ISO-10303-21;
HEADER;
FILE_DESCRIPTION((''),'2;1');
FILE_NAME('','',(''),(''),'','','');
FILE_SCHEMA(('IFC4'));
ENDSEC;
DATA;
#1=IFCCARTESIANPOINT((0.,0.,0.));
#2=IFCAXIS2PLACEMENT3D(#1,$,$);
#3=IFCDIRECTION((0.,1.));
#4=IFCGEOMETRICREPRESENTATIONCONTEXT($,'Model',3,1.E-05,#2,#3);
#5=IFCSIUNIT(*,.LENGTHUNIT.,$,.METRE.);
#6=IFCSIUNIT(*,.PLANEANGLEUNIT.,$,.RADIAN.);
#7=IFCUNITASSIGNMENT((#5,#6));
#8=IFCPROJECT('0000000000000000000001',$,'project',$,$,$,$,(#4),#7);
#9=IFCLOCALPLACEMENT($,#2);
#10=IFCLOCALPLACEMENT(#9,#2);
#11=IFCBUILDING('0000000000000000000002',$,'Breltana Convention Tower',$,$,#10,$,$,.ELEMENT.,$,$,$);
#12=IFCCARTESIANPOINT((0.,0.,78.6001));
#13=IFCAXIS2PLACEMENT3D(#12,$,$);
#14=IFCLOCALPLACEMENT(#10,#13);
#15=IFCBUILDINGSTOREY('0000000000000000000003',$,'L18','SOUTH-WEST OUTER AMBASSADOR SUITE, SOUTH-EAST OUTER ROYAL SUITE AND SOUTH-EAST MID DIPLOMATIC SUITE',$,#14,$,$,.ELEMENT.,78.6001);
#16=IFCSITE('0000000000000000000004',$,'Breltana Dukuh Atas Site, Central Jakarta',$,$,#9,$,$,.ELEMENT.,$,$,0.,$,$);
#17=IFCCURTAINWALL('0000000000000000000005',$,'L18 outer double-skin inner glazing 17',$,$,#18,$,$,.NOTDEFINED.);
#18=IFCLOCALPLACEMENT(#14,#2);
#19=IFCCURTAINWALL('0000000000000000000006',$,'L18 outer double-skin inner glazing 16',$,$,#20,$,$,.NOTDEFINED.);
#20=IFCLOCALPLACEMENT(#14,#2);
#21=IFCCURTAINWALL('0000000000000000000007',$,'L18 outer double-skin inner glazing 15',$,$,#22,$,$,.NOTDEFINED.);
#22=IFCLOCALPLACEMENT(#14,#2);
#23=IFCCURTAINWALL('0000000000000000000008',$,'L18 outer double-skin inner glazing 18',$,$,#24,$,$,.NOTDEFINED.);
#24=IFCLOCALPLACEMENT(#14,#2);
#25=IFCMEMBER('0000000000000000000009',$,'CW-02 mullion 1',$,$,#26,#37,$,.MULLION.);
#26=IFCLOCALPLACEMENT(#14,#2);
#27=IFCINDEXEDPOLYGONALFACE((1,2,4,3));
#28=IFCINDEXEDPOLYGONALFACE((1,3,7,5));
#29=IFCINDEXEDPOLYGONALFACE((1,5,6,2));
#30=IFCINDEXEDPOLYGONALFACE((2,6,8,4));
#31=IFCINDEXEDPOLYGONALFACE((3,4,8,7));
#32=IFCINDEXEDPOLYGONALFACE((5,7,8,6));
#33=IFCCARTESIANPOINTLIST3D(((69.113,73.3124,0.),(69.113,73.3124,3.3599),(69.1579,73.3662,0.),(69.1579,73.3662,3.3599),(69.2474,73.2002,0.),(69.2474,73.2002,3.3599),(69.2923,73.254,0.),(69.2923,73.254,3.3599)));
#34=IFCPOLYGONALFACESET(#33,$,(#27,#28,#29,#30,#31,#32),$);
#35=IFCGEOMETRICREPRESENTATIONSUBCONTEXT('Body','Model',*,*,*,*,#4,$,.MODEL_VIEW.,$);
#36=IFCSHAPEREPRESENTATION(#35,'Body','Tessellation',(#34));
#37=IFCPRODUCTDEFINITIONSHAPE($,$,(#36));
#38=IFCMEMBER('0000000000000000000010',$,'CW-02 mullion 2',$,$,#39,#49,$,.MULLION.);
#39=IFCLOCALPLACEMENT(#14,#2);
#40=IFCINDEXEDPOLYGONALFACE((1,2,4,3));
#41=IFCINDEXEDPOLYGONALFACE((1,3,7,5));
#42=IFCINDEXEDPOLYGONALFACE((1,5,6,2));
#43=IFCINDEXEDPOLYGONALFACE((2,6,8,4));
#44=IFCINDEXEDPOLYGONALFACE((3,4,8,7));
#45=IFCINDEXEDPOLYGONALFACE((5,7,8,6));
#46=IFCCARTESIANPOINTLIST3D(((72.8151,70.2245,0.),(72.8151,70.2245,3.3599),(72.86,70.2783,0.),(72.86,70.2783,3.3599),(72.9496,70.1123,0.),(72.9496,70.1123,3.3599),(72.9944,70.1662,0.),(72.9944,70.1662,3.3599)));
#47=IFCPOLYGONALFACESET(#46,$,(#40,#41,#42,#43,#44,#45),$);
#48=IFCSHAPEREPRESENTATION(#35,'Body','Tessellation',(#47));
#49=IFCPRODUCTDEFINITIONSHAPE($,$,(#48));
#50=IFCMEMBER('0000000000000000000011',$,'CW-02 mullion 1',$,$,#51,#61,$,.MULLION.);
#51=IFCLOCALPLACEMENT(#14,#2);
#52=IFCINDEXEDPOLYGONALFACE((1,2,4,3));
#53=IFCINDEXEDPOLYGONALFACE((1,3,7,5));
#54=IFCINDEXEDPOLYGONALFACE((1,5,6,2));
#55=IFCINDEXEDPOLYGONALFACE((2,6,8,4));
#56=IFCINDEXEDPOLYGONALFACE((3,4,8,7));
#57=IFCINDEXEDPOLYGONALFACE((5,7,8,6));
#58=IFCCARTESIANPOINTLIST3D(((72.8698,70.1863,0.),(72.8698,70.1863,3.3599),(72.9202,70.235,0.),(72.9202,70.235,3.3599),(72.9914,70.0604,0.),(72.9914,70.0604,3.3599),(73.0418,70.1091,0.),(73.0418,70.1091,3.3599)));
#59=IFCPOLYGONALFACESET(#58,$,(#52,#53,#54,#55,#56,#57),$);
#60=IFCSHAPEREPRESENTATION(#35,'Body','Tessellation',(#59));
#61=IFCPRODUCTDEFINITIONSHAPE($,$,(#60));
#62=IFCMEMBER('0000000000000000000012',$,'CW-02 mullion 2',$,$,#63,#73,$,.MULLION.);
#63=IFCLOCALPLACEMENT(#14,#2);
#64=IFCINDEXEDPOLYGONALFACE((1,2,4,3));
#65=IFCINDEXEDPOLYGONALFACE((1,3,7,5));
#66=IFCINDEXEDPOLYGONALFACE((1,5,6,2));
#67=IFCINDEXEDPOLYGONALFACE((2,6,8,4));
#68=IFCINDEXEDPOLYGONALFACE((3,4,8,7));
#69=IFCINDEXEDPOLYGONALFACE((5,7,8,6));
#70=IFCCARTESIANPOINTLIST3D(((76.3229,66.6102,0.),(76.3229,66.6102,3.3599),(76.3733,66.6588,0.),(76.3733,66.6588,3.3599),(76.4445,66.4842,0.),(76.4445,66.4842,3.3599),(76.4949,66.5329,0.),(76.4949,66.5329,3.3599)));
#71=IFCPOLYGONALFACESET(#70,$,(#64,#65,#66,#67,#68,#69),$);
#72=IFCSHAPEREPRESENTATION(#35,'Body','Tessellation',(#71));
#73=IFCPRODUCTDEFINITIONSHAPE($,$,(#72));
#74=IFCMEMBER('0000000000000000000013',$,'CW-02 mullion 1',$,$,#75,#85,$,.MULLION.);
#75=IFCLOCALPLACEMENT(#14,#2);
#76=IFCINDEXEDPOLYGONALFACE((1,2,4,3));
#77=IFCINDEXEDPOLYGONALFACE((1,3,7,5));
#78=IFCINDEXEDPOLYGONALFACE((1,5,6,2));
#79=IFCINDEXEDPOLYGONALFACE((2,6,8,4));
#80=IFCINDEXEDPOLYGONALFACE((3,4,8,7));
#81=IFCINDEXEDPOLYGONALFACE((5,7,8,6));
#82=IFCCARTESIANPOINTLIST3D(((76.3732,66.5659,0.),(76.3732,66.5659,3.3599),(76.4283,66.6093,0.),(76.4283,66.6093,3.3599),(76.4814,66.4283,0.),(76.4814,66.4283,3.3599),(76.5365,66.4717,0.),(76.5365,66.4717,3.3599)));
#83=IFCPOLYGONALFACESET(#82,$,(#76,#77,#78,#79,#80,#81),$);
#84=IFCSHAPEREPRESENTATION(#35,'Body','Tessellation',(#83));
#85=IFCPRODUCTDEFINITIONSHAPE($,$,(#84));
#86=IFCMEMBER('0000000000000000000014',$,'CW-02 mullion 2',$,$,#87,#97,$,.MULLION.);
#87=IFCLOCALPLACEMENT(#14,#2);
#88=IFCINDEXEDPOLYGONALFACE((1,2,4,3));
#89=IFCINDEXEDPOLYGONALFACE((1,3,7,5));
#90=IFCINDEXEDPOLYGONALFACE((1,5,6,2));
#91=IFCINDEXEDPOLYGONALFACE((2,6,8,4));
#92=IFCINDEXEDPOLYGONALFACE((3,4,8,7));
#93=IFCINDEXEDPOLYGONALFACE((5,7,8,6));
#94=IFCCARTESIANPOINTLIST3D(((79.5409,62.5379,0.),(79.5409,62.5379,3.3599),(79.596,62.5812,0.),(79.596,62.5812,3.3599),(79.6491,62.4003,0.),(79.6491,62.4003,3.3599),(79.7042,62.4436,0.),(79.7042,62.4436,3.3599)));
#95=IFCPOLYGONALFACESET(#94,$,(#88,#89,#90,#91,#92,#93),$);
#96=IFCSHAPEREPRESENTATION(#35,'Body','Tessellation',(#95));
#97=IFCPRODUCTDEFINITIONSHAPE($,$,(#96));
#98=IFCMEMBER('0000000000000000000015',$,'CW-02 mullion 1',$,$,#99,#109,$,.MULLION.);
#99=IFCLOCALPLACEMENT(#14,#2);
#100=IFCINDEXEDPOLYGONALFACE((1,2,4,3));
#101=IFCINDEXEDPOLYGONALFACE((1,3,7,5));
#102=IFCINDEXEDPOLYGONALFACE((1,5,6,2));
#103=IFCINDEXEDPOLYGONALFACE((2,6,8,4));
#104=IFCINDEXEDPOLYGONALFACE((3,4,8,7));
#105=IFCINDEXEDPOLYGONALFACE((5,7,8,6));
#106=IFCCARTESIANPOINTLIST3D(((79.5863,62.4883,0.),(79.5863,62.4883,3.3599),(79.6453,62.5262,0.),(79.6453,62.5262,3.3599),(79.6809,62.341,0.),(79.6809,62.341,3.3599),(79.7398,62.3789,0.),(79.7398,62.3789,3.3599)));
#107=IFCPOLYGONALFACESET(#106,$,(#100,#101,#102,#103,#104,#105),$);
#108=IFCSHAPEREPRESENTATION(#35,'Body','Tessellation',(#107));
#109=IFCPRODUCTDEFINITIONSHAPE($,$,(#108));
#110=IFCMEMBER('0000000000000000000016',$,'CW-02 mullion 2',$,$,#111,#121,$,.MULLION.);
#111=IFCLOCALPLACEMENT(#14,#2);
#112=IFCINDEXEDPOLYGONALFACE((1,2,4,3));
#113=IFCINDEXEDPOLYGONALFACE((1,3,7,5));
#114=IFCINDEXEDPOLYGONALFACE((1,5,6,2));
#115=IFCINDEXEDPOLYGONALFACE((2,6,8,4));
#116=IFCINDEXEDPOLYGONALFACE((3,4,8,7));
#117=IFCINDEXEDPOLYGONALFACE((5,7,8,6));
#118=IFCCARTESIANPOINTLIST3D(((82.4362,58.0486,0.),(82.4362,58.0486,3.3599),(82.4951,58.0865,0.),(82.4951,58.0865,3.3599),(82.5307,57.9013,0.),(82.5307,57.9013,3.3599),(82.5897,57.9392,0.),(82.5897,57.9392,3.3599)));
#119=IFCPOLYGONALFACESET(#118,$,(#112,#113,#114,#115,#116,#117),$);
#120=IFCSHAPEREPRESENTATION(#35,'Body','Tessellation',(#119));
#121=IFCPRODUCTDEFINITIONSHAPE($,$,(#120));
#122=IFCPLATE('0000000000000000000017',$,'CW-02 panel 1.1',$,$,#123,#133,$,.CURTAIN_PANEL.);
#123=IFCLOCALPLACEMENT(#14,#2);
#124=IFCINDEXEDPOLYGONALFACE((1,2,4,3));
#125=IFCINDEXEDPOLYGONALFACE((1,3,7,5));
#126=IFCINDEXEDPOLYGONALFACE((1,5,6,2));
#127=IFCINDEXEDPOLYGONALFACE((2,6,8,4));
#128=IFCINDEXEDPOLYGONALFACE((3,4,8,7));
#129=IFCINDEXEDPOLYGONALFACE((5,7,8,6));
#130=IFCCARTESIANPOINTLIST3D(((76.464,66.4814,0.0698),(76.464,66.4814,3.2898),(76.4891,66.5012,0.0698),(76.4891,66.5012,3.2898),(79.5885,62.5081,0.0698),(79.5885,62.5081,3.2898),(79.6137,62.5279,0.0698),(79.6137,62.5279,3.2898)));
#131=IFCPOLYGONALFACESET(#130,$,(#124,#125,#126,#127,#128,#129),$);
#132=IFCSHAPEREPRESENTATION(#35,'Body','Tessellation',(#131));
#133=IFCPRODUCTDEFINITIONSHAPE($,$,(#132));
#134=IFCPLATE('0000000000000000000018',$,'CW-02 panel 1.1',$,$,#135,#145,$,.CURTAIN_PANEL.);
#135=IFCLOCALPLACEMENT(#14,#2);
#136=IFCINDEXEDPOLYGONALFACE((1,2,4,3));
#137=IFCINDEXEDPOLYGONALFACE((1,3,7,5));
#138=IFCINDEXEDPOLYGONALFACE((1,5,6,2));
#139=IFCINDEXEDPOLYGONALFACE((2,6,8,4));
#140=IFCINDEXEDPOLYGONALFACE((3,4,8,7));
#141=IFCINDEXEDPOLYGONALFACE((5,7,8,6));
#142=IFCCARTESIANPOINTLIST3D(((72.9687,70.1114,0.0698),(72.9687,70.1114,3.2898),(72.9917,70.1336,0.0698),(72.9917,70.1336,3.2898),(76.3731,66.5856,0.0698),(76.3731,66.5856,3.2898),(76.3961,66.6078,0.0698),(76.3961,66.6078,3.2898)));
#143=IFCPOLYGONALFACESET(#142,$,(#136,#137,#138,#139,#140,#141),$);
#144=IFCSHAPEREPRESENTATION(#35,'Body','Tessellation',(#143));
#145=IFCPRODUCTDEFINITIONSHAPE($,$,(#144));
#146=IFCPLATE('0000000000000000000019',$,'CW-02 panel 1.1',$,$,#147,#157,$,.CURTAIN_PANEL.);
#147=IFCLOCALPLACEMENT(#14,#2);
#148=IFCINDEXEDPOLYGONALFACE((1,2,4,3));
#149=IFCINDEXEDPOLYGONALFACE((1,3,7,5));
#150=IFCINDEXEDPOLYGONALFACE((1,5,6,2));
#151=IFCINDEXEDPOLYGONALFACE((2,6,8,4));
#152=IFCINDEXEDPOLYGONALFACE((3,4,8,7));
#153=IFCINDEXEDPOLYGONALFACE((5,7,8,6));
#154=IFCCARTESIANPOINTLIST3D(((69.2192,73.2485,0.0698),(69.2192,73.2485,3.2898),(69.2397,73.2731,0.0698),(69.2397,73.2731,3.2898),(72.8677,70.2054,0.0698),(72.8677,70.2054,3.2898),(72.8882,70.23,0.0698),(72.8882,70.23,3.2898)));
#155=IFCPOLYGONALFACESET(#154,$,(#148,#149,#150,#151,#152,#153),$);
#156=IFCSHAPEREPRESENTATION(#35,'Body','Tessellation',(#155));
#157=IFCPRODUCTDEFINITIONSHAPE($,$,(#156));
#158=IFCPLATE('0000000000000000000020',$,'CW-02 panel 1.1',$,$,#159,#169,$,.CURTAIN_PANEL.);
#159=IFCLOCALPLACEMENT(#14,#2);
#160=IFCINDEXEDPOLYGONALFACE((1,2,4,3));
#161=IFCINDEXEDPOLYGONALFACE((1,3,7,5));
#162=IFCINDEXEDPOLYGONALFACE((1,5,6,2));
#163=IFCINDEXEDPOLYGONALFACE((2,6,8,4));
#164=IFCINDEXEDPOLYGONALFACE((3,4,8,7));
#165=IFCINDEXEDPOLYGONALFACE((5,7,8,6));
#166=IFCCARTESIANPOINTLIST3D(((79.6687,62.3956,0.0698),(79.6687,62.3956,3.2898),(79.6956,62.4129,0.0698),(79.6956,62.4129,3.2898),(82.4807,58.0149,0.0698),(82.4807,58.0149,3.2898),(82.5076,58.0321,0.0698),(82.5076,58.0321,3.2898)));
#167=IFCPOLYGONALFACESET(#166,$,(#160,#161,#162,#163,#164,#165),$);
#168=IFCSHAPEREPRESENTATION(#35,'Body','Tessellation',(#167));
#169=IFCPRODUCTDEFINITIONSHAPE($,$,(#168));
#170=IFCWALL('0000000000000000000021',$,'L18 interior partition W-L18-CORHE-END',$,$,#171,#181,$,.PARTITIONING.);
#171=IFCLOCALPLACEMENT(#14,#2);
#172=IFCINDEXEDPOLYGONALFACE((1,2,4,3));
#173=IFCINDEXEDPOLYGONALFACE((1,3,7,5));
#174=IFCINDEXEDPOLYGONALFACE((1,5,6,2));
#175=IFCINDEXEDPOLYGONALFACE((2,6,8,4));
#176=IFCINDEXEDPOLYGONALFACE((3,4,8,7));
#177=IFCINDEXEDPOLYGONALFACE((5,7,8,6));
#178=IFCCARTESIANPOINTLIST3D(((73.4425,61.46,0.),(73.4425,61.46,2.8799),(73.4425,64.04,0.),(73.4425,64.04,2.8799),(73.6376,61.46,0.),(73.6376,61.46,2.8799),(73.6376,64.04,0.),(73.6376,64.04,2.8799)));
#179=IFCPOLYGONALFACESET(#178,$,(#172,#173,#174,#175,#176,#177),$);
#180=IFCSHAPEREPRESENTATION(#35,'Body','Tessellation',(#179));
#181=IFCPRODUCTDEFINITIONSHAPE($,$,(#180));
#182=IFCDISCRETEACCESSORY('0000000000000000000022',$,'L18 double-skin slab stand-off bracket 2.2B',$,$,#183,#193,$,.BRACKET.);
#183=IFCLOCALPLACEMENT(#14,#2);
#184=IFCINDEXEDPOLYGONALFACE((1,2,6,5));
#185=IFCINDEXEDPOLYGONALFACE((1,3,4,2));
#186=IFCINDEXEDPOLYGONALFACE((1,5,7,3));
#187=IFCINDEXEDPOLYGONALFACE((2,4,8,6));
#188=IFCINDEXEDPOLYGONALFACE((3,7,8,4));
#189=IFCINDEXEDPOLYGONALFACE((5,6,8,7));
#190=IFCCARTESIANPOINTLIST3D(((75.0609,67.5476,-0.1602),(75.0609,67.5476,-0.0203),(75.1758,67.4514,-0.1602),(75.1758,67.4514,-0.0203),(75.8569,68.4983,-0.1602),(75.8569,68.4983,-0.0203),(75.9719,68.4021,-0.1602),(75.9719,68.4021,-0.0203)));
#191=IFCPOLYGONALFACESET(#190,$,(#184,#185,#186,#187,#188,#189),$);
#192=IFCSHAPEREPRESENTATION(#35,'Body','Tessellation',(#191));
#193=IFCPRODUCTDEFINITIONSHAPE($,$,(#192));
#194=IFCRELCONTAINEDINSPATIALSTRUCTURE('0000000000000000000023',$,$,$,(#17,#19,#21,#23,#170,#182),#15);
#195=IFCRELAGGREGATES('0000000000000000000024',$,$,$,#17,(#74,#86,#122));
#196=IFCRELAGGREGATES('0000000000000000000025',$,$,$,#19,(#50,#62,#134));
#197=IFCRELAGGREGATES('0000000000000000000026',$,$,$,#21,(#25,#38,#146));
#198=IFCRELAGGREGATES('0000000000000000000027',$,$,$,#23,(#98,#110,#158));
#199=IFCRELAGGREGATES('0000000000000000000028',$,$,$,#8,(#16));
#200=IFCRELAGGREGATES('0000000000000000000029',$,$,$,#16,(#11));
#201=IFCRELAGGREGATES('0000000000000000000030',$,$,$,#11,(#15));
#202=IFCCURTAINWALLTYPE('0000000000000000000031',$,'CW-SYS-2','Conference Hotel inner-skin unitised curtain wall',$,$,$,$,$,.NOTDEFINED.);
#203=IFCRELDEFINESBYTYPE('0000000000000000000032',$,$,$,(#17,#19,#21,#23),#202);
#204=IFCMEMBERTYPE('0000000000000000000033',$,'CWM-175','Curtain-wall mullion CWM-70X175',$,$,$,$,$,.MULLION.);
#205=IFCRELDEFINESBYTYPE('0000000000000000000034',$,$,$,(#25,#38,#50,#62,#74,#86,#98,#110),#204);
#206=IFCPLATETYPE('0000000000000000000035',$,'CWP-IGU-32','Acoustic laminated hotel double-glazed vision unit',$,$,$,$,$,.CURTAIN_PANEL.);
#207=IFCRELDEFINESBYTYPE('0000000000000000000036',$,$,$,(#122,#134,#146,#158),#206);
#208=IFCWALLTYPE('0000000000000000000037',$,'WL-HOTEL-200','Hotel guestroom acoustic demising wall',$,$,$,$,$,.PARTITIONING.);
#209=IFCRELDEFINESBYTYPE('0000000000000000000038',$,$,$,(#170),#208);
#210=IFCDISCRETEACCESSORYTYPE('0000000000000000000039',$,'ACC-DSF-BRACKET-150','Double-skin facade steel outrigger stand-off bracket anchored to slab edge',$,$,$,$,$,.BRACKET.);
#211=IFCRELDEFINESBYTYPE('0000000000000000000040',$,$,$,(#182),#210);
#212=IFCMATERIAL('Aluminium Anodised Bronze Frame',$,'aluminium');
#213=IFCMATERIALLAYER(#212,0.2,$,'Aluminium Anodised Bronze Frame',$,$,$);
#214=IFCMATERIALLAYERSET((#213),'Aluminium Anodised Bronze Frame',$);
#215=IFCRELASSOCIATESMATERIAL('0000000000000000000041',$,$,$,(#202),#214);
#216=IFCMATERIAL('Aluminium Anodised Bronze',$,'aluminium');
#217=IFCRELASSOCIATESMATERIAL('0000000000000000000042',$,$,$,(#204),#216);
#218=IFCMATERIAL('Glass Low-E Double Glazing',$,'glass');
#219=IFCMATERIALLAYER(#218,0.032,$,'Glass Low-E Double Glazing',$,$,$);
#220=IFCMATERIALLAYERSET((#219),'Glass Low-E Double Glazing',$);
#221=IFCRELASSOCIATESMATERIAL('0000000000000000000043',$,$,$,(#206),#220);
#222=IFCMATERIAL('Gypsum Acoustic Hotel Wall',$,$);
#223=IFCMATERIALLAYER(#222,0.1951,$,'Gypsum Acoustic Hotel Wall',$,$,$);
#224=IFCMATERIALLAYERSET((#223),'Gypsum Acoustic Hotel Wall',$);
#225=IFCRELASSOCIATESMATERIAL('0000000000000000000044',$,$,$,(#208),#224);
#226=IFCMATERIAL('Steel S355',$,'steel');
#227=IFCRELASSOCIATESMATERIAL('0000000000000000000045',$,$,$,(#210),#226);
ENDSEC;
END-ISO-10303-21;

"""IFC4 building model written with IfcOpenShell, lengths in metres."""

from ifc_helpers import new_model, si_unit, direction, frame, frame_2d, origin, origin_2d, place, context, subcontext, project, spatial, rectangle, extrude, source, transform, mapped, material, layer, layer_set, material_profile, profile_set, type_object, type_shapes, element, aggregate, save


model = new_model("IFC4")

# Units and contexts
model_context = context("Model", 3, precision=1e-05, world=origin(), true_north=direction((0.0, 1.0)))
body_context = subcontext(model_context, "Body", "Model", "MODEL_VIEW")
ifc_project = project(units=[si_unit("LENGTHUNIT", "METRE"), si_unit("PLANEANGLEUNIT", "RADIAN")], contexts=[model_context])

# Site, building, storey
site_placement = place(None, origin())
site = spatial("IfcSite", under=ifc_project, at=site_placement, Name="Breltana Dukuh Atas Site, Central Jakarta", CompositionType="ELEMENT", RefElevation=0.0)
building_placement = place(site_placement, origin())
building = spatial("IfcBuilding", under=site, at=building_placement, Name="Breltana Convention Tower", CompositionType="ELEMENT")
storey_placement = place(building_placement, frame((0.0, 0.0, 78.6001)))
storey = spatial("IfcBuildingStorey", under=building, at=storey_placement, Name="L18", Description="SOUTH-WEST OUTER AMBASSADOR SUITE, SOUTH-EAST OUTER ROYAL SUITE AND SOUTH-EAST MID DIPLOMATIC SUITE", CompositionType="ELEMENT", Elevation=78.6001)

# Curtain walls
ifc_material_1 = material(Name="Aluminium Anodised Bronze Frame", Category="aluminium")
ifc_layer_1 = layer(ifc_material_1, 0.2, Name="Aluminium Anodised Bronze Frame")
ifc_layer_set_1 = layer_set([ifc_layer_1], Name="Aluminium Anodised Bronze Frame")
curtain_wall_type = type_object("IfcCurtainWallType", Name="CW-SYS-2", Description="Conference Hotel inner-skin unitised curtain wall", PredefinedType="NOTDEFINED", material=ifc_layer_set_1)
curtain_wall_1_placement = place(storey_placement, origin())
curtain_wall_1 = element("IfcCurtainWall", 1, at=curtain_wall_1_placement, inside=storey, type_object=curtain_wall_type, Name="L18 outer double-skin inner glazing 17", PredefinedType="NOTDEFINED")
ifc_material_2 = material(Name="Aluminium Anodised Bronze", Category="aluminium")
curtain_wall_2_placement = place(storey_placement, origin())
curtain_wall_2 = element("IfcCurtainWall", 2, at=curtain_wall_2_placement, inside=storey, type_object=curtain_wall_type, Name="L18 outer double-skin inner glazing 16", PredefinedType="NOTDEFINED")
curtain_wall_3_placement = place(storey_placement, origin())
curtain_wall_3 = element("IfcCurtainWall", 3, at=curtain_wall_3_placement, inside=storey, type_object=curtain_wall_type, Name="L18 outer double-skin inner glazing 15", PredefinedType="NOTDEFINED")
curtain_wall_4_placement = place(storey_placement, origin())
curtain_wall_4 = element("IfcCurtainWall", 4, at=curtain_wall_4_placement, inside=storey, type_object=curtain_wall_type, Name="L18 outer double-skin inner glazing 18", PredefinedType="NOTDEFINED")

# Members
ifc_material_profile_1 = material_profile(ifc_material_2, rectangle(XDim=0.0701, YDim=0.175, at=origin_2d()), Name="CWM-70X175")
ifc_profile_set_1 = profile_set([ifc_material_profile_1], Name="Aluminium Anodised Bronze")
member_type_1 = type_object("IfcMemberType", Name="CWM-175", Description="Curtain-wall mullion CWM-70X175", PredefinedType="MULLION", material=ifc_profile_set_1)
shared_shape_1 = source(origin(), body_context, "Body", "SweptSolid", [
    extrude(rectangle(XDim=0.0701, YDim=0.175, at=origin_2d()), origin(), (0.0, 0.0, 1.0), 3.3599),
])
member_1_placement = place(storey_placement, frame((69.2026, 73.2832, 0.0), z_axis=(0.0, 0.0, 1.0), x_axis=(0.64052, 0.767941, 0.0)))
member_1 = element("IfcMember", 5, at=member_1_placement, type_object=member_type_1, Name="CW-02 mullion 1", PredefinedType="MULLION", context=body_context, shape_type="MappedRepresentation", body=[
    mapped(shared_shape_1, transform((0.0, 0.0, 0.0), scale=1.0)),
])
member_2_placement = place(storey_placement, frame((72.9048, 70.1953, 0.0), z_axis=(0.0, 0.0, 1.0), x_axis=(0.64052, 0.767941, 0.0)))
member_2 = element("IfcMember", 6, at=member_2_placement, type_object=member_type_1, Name="CW-02 mullion 2", PredefinedType="MULLION", context=body_context, shape_type="MappedRepresentation", body=[
    mapped(shared_shape_1, transform((0.0, 0.0, 0.0), scale=1.0)),
])
member_3_placement = place(storey_placement, frame((72.9558, 70.1477, 0.0), z_axis=(0.0, 0.0, 1.0), x_axis=(0.719386, 0.69461, 0.0)))
member_3 = element("IfcMember", 7, at=member_3_placement, type_object=member_type_1, Name="CW-02 mullion 1", PredefinedType="MULLION", context=body_context, shape_type="MappedRepresentation", body=[
    mapped(shared_shape_1, transform((0.0, 0.0, 0.0), scale=1.0)),
])
member_4_placement = place(storey_placement, frame((76.4089, 66.5715, 0.0), z_axis=(0.0, 0.0, 1.0), x_axis=(0.719386, 0.69461, 0.0)))
member_4 = element("IfcMember", 8, at=member_4_placement, type_object=member_type_1, Name="CW-02 mullion 2", PredefinedType="MULLION", context=body_context, shape_type="MappedRepresentation", body=[
    mapped(shared_shape_1, transform((0.0, 0.0, 0.0), scale=1.0)),
])
member_5_placement = place(storey_placement, frame((76.4548, 66.5188, 0.0), z_axis=(0.0, 0.0, 1.0), x_axis=(0.786057, 0.618154, 0.0)))
member_5 = element("IfcMember", 9, at=member_5_placement, type_object=member_type_1, Name="CW-02 mullion 1", PredefinedType="MULLION", context=body_context, shape_type="MappedRepresentation", body=[
    mapped(shared_shape_1, transform((0.0, 0.0, 0.0), scale=1.0)),
])
member_6_placement = place(storey_placement, frame((79.6226, 62.4907, 0.0), z_axis=(0.0, 0.0, 1.0), x_axis=(0.786057, 0.618154, 0.0)))
member_6 = element("IfcMember", 10, at=member_6_placement, type_object=member_type_1, Name="CW-02 mullion 2", PredefinedType="MULLION", context=body_context, shape_type="MappedRepresentation", body=[
    mapped(shared_shape_1, transform((0.0, 0.0, 0.0), scale=1.0)),
])
member_7_placement = place(storey_placement, frame((79.6631, 62.4336, 0.0), z_axis=(0.0, 0.0, 1.0), x_axis=(0.841549, 0.540181, 0.0)))
member_7 = element("IfcMember", 11, at=member_7_placement, type_object=member_type_1, Name="CW-02 mullion 1", PredefinedType="MULLION", context=body_context, shape_type="MappedRepresentation", body=[
    mapped(shared_shape_1, transform((0.0, 0.0, 0.0), scale=1.0)),
])
member_8_placement = place(storey_placement, frame((82.5129, 57.9939, 0.0), z_axis=(0.0, 0.0, 1.0), x_axis=(0.841549, 0.540181, 0.0)))
member_8 = element("IfcMember", 12, at=member_8_placement, type_object=member_type_1, Name="CW-02 mullion 2", PredefinedType="MULLION", context=body_context, shape_type="MappedRepresentation", body=[
    mapped(shared_shape_1, transform((0.0, 0.0, 0.0), scale=1.0)),
])

# Plates
ifc_material_3 = material(Name="Glass Low-E Double Glazing", Category="glass")
ifc_layer_2 = layer(ifc_material_3, 0.032, Name="Glass Low-E Double Glazing")
ifc_layer_set_2 = layer_set([ifc_layer_2], Name="Glass Low-E Double Glazing")
plate_type = type_object("IfcPlateType", Name="CWP-IGU-32", Description="Acoustic laminated hotel double-glazed vision unit", PredefinedType="CURTAIN_PANEL", material=ifc_layer_set_2)
shared_shape_2 = source(origin(), body_context, "Body", "SweptSolid", [
    extrude(rectangle(XDim=5.0547, YDim=0.032, at=origin_2d()), origin(), (0.0, 0.0, 1.0), 3.22),
])
plate_1_placement = place(storey_placement, frame((78.0388, 64.5046, 0.0698), z_axis=(0.0, 0.0, 1.0), x_axis=(0.618154, -0.786057, 0.0)))
plate_1 = element("IfcPlate", 13, at=plate_1_placement, type_object=plate_type, Name="CW-02 panel 1.1", PredefinedType="CURTAIN_PANEL", context=body_context, shape_type="MappedRepresentation", body=[
    mapped(shared_shape_2, transform((0.0, 0.0, 0.0), scale=1.0)),
])
aggregate(curtain_wall_1, [member_5, member_6, plate_1])
shared_shape_3 = source(origin(), body_context, "Body", "SweptSolid", [
    extrude(rectangle(XDim=4.9011, YDim=0.032, at=origin_2d()), origin(), (0.0, 0.0, 1.0), 3.22),
])
plate_2_placement = place(storey_placement, frame((74.6824, 68.3596, 0.0698), z_axis=(0.0, 0.0, 1.0), x_axis=(0.69461, -0.719386, 0.0)))
plate_2 = element("IfcPlate", 14, at=plate_2_placement, type_object=plate_type, Name="CW-02 panel 1.1", PredefinedType="CURTAIN_PANEL", context=body_context, shape_type="MappedRepresentation", body=[
    mapped(shared_shape_3, transform((0.0, 0.0, 0.0), scale=1.0)),
])
aggregate(curtain_wall_2, [member_3, member_4, plate_2])
shared_shape_4 = source(origin(), body_context, "Body", "SweptSolid", [
    extrude(rectangle(XDim=4.751, YDim=0.032, at=origin_2d()), origin(), (0.0, 0.0, 1.0), 3.22),
])
plate_3_placement = place(storey_placement, frame((71.0537, 71.7393, 0.0698), z_axis=(0.0, 0.0, 1.0), x_axis=(0.767941, -0.64052, 0.0)))
plate_3 = element("IfcPlate", 15, at=plate_3_placement, type_object=plate_type, Name="CW-02 panel 1.1", PredefinedType="CURTAIN_PANEL", context=body_context, shape_type="MappedRepresentation", body=[
    mapped(shared_shape_4, transform((0.0, 0.0, 0.0), scale=1.0)),
])
aggregate(curtain_wall_3, [member_1, member_2, plate_3])
shared_shape_5 = source(origin(), body_context, "Body", "SweptSolid", [
    extrude(rectangle(XDim=5.2056, YDim=0.032, at=origin_2d()), origin(), (0.0, 0.0, 1.0), 3.22),
])
plate_4_placement = place(storey_placement, frame((81.0881, 60.2139, 0.0698), z_axis=(0.0, 0.0, 1.0), x_axis=(0.540181, -0.841549, 0.0)))
plate_4 = element("IfcPlate", 16, at=plate_4_placement, type_object=plate_type, Name="CW-02 panel 1.1", PredefinedType="CURTAIN_PANEL", context=body_context, shape_type="MappedRepresentation", body=[
    mapped(shared_shape_5, transform((0.0, 0.0, 0.0), scale=1.0)),
])
aggregate(curtain_wall_4, [member_7, member_8, plate_4])

# Wall
ifc_material_4 = material(Name="Gypsum Acoustic Hotel Wall")
ifc_layer_3 = layer(ifc_material_4, 0.1951, Name="Gypsum Acoustic Hotel Wall")
ifc_layer_set_3 = layer_set([ifc_layer_3], Name="Gypsum Acoustic Hotel Wall")
wall_type = type_object("IfcWallType", Name="WL-HOTEL-200", Description="Hotel guestroom acoustic demising wall", PredefinedType="PARTITIONING", material=ifc_layer_set_3)
shared_shape_6 = source(origin(), body_context, "Body", "SweptSolid", [
    extrude(rectangle(XDim=2.5801, YDim=0.1951, at=frame_2d((1.29, 0.0))), origin(), (0.0, 0.0, 1.0), 2.8799),
])
wall_placement = place(storey_placement, frame((73.54, 61.46, 0.0), z_axis=(0.0, 0.0, 1.0), x_axis=(0.0, 1.0, 0.0)))
element("IfcWall", 17, at=wall_placement, inside=storey, type_object=wall_type, Name="L18 interior partition W-L18-CORHE-END", PredefinedType="PARTITIONING", context=body_context, shape_type="MappedRepresentation", body=[
    mapped(shared_shape_6, transform((0.0, 0.0, 0.0), scale=1.0)),
])

# Discrete accessory
ifc_material_5 = material(Name="Steel S355", Category="steel")
discrete_accessory_type_1 = type_object("IfcDiscreteAccessoryType", Name="ACC-DSF-BRACKET-150", Description="Double-skin facade steel outrigger stand-off bracket anchored to slab edge", PredefinedType="BRACKET", material=ifc_material_5)
shared_shape_7 = source(origin(), body_context, "Body", "SweptSolid", [
    extrude(rectangle(XDim=1.24, YDim=0.1499, at=origin_2d()), origin(), (0.0, 0.0, 1.0), 0.1399),
])
type_shapes(discrete_accessory_type_1, [shared_shape_7])
for number, where, z_axis, x_axis, name in (
    (18, (75.5164, 67.9749, -0.1602), (0.0, 0.0, 1.0), (0.64199, 0.766713, 0.0), "L18 double-skin slab stand-off bracket 2.2B"),
):
    element("IfcDiscreteAccessory", number, at=place(storey_placement, frame(where, z_axis=z_axis, x_axis=x_axis)), inside=storey, type_object=discrete_accessory_type_1, Name=name, PredefinedType="BRACKET", context=body_context, shape_type="MappedRepresentation", body=[
        mapped(shared_shape_7, transform((0.0, 0.0, 0.0), scale=1.0)),
    ])

save(model, "model.ifc")
